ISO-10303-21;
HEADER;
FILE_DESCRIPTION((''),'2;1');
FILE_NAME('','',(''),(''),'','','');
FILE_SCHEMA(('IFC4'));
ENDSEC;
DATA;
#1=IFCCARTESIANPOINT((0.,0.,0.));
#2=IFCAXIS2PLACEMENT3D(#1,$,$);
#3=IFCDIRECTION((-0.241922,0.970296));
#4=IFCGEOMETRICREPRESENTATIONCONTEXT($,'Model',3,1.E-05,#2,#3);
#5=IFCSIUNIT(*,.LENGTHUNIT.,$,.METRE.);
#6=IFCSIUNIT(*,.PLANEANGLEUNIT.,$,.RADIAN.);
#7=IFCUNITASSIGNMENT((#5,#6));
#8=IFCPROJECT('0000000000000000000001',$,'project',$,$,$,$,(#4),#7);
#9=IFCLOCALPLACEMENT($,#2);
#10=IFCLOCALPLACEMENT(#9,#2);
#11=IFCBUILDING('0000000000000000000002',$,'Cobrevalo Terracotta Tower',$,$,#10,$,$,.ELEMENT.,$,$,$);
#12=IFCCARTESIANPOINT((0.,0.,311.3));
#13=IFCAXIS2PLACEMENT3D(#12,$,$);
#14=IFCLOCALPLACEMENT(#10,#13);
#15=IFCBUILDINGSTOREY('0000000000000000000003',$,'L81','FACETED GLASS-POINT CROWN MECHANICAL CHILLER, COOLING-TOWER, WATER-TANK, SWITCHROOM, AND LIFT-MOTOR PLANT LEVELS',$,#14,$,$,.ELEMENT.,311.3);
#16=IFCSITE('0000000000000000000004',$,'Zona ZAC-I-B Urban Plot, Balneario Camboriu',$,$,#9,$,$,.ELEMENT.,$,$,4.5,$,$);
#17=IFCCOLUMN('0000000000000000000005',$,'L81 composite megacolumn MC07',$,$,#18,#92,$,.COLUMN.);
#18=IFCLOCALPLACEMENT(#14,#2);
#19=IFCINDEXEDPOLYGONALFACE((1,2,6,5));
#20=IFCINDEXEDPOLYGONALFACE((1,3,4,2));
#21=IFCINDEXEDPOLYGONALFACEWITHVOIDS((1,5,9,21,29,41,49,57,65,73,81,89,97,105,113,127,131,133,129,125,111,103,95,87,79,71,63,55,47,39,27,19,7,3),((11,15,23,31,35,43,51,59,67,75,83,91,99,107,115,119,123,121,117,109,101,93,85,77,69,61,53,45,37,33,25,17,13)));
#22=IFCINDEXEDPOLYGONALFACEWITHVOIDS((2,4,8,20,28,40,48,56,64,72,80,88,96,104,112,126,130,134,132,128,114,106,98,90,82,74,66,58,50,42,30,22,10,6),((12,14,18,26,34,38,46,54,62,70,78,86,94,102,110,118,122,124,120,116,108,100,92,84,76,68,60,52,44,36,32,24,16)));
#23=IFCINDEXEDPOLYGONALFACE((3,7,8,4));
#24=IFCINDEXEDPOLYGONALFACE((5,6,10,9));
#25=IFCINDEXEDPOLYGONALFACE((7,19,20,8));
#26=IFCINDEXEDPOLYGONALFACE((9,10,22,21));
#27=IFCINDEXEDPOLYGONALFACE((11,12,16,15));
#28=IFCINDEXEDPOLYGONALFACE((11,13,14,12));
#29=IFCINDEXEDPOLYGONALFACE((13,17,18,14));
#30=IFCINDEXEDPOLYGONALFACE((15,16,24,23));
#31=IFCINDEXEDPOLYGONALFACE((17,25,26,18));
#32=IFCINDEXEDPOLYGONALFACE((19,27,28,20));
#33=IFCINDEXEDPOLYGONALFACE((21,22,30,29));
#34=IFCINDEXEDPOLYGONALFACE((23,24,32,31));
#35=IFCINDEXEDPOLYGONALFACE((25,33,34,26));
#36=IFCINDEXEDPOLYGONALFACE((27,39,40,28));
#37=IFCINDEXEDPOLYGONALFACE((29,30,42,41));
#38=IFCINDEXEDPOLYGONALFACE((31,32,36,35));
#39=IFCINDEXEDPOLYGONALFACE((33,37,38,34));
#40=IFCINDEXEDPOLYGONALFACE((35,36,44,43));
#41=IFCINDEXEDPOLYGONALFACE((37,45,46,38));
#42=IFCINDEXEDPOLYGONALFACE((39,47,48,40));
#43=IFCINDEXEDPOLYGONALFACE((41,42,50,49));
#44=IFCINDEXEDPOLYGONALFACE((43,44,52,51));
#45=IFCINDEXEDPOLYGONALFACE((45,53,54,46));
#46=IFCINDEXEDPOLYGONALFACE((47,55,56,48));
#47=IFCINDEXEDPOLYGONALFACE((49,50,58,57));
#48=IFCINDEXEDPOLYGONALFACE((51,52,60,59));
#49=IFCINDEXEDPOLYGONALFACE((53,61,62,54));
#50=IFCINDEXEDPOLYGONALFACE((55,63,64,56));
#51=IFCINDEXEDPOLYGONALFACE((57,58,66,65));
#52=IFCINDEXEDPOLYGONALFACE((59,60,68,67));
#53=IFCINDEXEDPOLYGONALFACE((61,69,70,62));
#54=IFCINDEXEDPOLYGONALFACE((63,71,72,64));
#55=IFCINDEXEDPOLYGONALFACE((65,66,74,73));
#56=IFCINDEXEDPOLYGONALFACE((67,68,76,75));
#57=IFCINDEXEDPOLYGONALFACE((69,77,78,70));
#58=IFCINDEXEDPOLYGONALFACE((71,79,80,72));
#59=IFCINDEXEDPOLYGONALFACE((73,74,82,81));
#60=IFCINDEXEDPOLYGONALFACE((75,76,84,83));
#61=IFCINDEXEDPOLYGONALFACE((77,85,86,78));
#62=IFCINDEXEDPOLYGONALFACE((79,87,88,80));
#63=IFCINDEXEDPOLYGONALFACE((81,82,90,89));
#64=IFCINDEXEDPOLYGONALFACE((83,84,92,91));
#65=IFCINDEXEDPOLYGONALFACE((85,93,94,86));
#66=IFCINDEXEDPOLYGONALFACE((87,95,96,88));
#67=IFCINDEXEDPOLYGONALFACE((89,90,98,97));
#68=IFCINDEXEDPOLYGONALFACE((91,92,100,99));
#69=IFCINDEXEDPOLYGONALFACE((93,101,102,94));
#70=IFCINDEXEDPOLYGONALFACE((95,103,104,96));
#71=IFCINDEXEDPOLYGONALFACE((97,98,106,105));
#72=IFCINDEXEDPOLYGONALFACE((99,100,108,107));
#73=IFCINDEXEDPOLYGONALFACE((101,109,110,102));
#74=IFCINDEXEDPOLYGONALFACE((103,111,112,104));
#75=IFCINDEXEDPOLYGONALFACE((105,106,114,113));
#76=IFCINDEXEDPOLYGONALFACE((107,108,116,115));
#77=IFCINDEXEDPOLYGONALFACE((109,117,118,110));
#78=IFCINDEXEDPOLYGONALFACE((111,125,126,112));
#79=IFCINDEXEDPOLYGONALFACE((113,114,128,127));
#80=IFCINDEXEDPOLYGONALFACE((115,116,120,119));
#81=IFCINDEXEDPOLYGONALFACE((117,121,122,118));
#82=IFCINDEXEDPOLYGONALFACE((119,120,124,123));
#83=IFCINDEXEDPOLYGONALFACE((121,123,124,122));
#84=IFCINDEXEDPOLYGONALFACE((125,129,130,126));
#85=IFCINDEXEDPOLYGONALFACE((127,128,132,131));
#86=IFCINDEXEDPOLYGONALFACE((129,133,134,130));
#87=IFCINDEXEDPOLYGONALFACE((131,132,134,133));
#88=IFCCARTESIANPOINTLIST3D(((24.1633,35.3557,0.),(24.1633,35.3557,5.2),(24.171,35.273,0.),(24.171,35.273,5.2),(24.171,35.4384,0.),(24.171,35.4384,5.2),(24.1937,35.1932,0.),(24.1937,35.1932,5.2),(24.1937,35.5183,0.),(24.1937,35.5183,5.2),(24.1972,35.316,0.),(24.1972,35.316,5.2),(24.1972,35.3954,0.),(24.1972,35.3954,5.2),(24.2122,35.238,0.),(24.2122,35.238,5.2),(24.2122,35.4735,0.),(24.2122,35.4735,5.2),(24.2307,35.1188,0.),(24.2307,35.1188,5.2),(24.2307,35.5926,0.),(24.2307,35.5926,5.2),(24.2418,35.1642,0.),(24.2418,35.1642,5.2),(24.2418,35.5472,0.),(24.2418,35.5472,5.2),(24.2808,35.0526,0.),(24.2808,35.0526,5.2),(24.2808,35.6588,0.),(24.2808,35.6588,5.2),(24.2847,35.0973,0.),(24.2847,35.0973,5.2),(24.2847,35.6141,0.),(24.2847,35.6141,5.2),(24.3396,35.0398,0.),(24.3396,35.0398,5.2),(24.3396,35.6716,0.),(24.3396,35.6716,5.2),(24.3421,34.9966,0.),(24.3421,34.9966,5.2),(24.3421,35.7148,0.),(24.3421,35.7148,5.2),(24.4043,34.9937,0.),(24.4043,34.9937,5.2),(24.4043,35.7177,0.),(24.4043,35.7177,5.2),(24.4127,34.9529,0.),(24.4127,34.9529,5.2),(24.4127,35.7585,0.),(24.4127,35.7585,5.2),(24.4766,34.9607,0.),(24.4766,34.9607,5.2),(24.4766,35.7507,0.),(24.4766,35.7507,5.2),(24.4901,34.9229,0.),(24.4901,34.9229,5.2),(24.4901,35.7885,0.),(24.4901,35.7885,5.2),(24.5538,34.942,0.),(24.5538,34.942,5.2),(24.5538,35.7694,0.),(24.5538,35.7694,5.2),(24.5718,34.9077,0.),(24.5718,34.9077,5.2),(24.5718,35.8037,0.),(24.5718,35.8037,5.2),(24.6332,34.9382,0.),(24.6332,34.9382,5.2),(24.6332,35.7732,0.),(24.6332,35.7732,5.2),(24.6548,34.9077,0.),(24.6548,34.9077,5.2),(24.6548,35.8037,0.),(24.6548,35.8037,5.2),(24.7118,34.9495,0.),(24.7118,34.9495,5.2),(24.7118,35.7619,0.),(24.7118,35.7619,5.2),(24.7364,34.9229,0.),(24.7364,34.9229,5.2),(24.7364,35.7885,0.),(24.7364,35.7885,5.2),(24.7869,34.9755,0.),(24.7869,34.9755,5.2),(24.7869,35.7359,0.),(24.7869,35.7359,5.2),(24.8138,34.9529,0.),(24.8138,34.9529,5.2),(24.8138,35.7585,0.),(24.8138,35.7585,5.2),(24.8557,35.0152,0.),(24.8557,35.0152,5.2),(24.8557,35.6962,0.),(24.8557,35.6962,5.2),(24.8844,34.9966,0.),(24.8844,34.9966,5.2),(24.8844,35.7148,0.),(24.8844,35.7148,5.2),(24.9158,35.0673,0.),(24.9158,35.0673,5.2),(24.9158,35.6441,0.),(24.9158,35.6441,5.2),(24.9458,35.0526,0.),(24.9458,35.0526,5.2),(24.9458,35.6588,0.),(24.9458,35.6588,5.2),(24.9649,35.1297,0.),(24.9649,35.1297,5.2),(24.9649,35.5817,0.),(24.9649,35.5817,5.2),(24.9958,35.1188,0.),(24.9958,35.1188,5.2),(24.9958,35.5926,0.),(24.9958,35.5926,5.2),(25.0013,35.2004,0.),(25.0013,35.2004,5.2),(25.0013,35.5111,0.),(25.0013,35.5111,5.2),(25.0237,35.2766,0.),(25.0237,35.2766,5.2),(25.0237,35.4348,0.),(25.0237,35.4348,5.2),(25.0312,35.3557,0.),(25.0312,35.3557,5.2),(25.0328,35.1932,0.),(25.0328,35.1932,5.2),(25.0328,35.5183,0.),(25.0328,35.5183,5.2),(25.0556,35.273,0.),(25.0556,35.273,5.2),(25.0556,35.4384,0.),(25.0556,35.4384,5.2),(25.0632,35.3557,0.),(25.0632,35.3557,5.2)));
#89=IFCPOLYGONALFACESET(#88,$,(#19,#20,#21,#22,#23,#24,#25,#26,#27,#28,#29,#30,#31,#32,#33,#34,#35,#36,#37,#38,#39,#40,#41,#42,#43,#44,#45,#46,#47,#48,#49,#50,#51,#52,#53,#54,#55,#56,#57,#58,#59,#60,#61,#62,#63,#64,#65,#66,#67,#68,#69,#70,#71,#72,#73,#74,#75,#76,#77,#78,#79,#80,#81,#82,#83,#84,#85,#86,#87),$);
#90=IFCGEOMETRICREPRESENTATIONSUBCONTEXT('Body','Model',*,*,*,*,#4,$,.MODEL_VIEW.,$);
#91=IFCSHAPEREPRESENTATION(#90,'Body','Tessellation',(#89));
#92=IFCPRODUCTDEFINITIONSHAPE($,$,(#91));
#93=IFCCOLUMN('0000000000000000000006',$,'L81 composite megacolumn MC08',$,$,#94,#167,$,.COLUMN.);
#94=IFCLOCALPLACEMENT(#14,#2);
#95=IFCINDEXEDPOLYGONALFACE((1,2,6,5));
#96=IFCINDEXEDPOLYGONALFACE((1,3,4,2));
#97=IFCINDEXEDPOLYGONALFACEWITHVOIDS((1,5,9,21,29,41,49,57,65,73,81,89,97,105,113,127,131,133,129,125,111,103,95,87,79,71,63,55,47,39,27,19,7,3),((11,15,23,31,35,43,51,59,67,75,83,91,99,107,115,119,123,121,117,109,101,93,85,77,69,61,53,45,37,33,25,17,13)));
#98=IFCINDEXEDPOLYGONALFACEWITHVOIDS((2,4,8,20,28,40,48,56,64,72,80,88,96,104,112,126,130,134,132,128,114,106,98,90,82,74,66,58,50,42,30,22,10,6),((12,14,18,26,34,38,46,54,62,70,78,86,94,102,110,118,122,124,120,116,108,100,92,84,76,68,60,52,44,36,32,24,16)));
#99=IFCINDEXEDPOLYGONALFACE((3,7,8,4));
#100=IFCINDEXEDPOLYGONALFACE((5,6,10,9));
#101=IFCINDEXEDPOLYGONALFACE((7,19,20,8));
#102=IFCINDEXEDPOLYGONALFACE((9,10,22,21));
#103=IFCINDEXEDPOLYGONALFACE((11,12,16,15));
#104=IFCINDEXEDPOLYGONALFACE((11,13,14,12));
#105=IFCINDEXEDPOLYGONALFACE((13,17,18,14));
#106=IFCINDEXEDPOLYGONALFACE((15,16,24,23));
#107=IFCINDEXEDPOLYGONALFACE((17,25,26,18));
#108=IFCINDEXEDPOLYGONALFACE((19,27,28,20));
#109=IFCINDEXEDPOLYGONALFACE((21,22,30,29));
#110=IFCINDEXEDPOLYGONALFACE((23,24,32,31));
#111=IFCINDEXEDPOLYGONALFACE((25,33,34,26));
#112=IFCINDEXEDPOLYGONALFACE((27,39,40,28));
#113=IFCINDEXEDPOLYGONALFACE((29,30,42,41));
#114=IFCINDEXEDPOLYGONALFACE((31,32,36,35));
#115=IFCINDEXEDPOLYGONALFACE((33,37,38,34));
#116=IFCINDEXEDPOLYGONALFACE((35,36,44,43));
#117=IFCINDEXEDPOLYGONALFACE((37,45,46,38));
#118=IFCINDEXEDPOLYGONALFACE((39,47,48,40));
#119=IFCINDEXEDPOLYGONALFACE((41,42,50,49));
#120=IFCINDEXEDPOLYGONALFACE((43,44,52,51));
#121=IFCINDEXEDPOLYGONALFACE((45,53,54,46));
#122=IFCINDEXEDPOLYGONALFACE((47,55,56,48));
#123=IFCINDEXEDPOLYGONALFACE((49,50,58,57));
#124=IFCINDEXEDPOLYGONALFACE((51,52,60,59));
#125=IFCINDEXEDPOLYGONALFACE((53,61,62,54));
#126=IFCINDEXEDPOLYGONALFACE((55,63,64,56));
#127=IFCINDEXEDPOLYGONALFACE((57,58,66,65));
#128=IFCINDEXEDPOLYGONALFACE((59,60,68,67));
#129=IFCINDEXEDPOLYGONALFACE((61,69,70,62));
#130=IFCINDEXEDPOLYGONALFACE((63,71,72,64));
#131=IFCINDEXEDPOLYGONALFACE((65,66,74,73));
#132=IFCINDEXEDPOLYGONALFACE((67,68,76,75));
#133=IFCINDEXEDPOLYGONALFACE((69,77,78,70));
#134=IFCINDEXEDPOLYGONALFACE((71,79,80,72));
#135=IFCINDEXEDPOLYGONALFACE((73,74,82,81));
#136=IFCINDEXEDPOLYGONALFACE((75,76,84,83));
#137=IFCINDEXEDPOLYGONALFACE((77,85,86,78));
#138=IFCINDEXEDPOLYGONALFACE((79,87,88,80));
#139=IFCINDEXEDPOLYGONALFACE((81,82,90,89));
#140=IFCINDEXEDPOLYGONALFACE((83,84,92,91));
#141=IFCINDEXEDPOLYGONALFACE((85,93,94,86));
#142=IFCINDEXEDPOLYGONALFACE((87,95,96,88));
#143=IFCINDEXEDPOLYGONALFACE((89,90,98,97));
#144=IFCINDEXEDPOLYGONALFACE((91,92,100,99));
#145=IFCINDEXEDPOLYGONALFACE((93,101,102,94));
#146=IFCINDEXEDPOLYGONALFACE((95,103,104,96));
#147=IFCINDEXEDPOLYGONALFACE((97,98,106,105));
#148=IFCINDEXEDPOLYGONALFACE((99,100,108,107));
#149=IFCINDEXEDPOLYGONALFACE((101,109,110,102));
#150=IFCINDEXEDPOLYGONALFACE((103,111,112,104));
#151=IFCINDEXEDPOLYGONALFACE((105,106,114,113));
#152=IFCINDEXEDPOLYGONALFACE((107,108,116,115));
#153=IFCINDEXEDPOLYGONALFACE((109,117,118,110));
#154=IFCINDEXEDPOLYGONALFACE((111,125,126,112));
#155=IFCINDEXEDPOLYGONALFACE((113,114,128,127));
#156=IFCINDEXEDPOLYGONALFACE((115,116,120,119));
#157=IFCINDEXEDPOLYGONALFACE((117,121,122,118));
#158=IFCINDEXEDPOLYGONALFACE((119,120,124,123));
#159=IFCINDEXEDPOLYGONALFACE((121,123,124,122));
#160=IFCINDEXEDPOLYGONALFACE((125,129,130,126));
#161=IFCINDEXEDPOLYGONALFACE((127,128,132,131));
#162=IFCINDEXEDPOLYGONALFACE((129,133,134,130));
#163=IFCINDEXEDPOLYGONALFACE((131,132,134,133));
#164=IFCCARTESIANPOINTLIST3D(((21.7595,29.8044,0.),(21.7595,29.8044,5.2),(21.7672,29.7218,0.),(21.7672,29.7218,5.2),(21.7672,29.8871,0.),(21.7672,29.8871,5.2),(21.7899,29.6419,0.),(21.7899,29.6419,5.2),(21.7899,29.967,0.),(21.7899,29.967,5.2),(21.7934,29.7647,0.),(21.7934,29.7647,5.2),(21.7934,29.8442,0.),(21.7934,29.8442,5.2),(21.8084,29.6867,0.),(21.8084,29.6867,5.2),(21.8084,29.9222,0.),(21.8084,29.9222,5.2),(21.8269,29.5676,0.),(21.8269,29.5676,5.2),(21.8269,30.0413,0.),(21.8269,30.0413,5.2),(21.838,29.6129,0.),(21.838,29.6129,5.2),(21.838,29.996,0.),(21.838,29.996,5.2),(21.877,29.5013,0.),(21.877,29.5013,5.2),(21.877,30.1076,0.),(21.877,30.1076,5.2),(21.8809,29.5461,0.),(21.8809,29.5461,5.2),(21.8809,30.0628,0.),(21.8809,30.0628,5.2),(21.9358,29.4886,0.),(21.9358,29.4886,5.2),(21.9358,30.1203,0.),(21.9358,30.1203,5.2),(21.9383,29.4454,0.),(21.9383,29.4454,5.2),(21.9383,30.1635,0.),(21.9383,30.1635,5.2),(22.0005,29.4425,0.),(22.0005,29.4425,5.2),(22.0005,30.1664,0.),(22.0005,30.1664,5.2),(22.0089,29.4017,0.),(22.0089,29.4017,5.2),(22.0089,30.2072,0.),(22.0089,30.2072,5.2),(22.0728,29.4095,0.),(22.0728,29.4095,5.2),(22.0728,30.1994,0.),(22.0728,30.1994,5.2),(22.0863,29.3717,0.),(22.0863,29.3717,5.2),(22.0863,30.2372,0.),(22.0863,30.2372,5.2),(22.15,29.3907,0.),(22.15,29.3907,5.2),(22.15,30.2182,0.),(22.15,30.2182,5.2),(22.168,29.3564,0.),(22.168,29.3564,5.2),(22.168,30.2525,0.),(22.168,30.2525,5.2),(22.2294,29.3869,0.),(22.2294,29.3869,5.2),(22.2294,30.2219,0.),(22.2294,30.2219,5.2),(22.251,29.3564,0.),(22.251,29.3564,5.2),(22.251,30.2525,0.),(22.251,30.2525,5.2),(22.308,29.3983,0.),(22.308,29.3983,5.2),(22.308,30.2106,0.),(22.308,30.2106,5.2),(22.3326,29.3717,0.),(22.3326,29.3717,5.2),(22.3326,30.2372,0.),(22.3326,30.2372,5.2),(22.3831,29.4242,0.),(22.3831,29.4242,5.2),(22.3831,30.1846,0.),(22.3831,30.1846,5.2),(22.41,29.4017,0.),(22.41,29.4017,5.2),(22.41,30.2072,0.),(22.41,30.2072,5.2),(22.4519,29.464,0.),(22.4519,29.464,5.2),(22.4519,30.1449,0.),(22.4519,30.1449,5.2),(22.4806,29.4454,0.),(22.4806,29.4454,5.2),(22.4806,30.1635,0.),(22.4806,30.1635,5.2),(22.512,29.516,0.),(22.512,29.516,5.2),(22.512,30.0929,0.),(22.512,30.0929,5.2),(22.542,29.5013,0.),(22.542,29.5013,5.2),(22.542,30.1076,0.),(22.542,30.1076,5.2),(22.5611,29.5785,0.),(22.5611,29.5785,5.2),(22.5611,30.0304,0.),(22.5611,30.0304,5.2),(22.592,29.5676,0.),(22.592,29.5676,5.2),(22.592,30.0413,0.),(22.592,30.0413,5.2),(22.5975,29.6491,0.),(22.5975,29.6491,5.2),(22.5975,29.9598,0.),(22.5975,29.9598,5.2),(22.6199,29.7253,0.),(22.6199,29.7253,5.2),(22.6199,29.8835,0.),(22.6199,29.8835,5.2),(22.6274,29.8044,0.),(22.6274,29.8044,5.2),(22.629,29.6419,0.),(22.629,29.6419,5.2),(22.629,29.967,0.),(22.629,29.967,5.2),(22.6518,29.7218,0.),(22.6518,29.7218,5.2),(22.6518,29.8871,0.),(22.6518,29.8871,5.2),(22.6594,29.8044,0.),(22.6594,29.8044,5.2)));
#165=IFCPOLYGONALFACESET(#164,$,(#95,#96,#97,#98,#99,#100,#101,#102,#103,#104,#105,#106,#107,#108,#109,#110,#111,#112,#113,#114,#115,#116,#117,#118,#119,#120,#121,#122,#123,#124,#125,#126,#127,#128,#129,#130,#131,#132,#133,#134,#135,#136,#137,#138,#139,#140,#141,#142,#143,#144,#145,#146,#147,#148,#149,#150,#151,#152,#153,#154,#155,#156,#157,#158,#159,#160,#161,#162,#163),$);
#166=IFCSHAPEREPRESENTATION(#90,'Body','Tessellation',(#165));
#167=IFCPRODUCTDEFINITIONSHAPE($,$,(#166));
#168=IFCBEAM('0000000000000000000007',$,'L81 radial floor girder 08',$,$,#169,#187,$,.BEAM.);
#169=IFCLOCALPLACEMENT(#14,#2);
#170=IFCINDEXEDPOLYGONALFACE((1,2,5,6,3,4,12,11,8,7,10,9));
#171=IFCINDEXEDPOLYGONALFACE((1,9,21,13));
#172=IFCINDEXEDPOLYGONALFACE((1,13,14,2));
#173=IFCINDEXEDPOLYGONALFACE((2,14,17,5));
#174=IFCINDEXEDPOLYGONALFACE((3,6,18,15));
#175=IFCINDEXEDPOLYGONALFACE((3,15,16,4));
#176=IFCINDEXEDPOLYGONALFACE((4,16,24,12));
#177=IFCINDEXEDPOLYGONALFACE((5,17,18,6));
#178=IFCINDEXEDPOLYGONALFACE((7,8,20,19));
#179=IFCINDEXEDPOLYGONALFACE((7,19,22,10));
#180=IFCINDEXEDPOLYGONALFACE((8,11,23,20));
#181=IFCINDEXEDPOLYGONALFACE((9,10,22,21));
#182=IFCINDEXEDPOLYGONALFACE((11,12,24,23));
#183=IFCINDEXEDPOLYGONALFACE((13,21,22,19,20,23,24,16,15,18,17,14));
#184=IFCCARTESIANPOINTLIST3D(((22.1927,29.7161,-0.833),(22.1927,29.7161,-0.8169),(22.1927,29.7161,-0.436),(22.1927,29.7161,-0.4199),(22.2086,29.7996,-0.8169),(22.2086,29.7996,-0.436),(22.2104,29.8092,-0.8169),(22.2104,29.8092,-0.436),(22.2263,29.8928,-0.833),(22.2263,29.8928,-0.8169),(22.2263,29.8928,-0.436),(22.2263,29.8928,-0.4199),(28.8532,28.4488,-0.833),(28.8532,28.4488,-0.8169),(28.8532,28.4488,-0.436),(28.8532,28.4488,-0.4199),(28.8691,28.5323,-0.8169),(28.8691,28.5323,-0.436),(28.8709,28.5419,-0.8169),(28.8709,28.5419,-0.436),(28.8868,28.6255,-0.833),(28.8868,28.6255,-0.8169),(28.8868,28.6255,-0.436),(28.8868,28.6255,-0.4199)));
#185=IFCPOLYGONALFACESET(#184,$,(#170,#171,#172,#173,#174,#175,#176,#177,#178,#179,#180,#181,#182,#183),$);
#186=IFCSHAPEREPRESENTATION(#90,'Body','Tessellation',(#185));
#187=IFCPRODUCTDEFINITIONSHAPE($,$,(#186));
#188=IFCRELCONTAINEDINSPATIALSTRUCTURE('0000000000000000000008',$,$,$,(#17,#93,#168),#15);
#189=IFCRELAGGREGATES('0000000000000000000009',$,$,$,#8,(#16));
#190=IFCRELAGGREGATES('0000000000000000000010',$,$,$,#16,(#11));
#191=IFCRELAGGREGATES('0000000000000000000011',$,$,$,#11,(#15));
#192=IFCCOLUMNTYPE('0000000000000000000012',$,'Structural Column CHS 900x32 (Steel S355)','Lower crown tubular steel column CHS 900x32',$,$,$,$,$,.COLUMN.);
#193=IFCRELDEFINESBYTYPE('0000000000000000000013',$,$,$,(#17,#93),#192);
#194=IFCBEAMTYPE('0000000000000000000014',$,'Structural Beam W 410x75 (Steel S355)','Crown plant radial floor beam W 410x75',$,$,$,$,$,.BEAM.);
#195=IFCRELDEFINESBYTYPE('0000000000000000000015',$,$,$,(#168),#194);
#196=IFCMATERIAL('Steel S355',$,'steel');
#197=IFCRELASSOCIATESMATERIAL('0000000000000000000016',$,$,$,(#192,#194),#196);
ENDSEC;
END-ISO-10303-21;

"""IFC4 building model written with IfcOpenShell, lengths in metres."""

from ifc_helpers import new_model, si_unit, direction, frame, origin, origin_2d, place, context, subcontext, project, spatial, hollow_circle, i_section, extrude, material, material_profile, profile_set, type_object, element, save


model = new_model("IFC4")

# Units and contexts
model_context = context("Model", 3, precision=1e-05, world=origin(), true_north=direction((-0.241922, 0.970296)))
body_context = subcontext(model_context, "Body", "Model", "MODEL_VIEW")
ifc_project = project(units=[si_unit("LENGTHUNIT", "METRE"), si_unit("PLANEANGLEUNIT", "RADIAN")], contexts=[model_context])

# Site, building, storey
site_placement = place(None, origin())
site = spatial("IfcSite", under=ifc_project, at=site_placement, Name="Zona ZAC-I-B Urban Plot, Balneario Camboriu", CompositionType="ELEMENT", RefElevation=4.5)
building_placement = place(site_placement, origin())
building = spatial("IfcBuilding", under=site, at=building_placement, Name="Cobrevalo Terracotta Tower", CompositionType="ELEMENT")
storey_placement = place(building_placement, frame((0.0, 0.0, 311.3)))
storey = spatial("IfcBuildingStorey", under=building, at=storey_placement, Name="L81", Description="FACETED GLASS-POINT CROWN MECHANICAL CHILLER, COOLING-TOWER, WATER-TANK, SWITCHROOM, AND LIFT-MOTOR PLANT LEVELS", CompositionType="ELEMENT", Elevation=311.3)

# Columns
ifc_material_1 = material(Name="Steel S355", Category="steel")
ifc_material_profile_1 = material_profile(ifc_material_1, hollow_circle(Radius=0.45, WallThickness=0.032, at=origin_2d()), Name="CHS 900x32")
ifc_profile_set_1 = profile_set([ifc_material_profile_1], Name="Steel S355")
column_type = type_object("IfcColumnType", Name="Structural Column CHS 900x32 (Steel S355)", Description="Lower crown tubular steel column CHS 900x32", PredefinedType="COLUMN", material=ifc_profile_set_1)
for number, where, z_axis, x_axis, name in (
    (1, (24.6133, 35.3557, 0.0), (0.0, 0.0, 1.0), (1.0, 0.0, 0.0), "L81 composite megacolumn MC07"),
    (2, (22.2095, 29.8044, 0.0), (0.0, 0.0, 1.0), (1.0, 0.0, 0.0), "L81 composite megacolumn MC08"),
):
    element("IfcColumn", number, at=place(storey_placement, frame(where, z_axis=z_axis, x_axis=x_axis)), inside=storey, type_object=column_type, Name=name, PredefinedType="COLUMN", context=body_context, shape_type="SweptSolid", body=[
        extrude(hollow_circle(Radius=0.45, WallThickness=0.032, at=origin_2d()), origin(), (0.0, 0.0, 1.0), 5.2),
    ])

# Beam
ifc_material_profile_2 = material_profile(ifc_material_1, i_section(OverallWidth=0.1799, OverallDepth=0.4131, WebThickness=0.0098, FlangeThickness=0.0161, at=origin_2d()), Name="W 410x75")
ifc_profile_set_2 = profile_set([ifc_material_profile_2], Name="Steel S355")
beam_type_1 = type_object("IfcBeamType", Name="Structural Beam W 410x75 (Steel S355)", Description="Crown plant radial floor beam W 410x75", PredefinedType="BEAM", material=ifc_profile_set_2)
beam_1_placement = place(storey_placement, frame((22.2095, 29.8044, -0.6265), z_axis=(0.982375, -0.186919, 0.0), x_axis=(0.186919, 0.982375, 0.0)))
element("IfcBeam", 3, at=beam_1_placement, inside=storey, type_object=beam_type_1, Name="L81 radial floor girder 08", PredefinedType="BEAM", context=body_context, shape_type="SweptSolid", body=[
    extrude(i_section(OverallWidth=0.1799, OverallDepth=0.4131, WebThickness=0.0098, FlangeThickness=0.0161, at=origin_2d()), origin(), (0.0, 0.0, 1.0), 6.78),
])

save(model, "model.ifc")
